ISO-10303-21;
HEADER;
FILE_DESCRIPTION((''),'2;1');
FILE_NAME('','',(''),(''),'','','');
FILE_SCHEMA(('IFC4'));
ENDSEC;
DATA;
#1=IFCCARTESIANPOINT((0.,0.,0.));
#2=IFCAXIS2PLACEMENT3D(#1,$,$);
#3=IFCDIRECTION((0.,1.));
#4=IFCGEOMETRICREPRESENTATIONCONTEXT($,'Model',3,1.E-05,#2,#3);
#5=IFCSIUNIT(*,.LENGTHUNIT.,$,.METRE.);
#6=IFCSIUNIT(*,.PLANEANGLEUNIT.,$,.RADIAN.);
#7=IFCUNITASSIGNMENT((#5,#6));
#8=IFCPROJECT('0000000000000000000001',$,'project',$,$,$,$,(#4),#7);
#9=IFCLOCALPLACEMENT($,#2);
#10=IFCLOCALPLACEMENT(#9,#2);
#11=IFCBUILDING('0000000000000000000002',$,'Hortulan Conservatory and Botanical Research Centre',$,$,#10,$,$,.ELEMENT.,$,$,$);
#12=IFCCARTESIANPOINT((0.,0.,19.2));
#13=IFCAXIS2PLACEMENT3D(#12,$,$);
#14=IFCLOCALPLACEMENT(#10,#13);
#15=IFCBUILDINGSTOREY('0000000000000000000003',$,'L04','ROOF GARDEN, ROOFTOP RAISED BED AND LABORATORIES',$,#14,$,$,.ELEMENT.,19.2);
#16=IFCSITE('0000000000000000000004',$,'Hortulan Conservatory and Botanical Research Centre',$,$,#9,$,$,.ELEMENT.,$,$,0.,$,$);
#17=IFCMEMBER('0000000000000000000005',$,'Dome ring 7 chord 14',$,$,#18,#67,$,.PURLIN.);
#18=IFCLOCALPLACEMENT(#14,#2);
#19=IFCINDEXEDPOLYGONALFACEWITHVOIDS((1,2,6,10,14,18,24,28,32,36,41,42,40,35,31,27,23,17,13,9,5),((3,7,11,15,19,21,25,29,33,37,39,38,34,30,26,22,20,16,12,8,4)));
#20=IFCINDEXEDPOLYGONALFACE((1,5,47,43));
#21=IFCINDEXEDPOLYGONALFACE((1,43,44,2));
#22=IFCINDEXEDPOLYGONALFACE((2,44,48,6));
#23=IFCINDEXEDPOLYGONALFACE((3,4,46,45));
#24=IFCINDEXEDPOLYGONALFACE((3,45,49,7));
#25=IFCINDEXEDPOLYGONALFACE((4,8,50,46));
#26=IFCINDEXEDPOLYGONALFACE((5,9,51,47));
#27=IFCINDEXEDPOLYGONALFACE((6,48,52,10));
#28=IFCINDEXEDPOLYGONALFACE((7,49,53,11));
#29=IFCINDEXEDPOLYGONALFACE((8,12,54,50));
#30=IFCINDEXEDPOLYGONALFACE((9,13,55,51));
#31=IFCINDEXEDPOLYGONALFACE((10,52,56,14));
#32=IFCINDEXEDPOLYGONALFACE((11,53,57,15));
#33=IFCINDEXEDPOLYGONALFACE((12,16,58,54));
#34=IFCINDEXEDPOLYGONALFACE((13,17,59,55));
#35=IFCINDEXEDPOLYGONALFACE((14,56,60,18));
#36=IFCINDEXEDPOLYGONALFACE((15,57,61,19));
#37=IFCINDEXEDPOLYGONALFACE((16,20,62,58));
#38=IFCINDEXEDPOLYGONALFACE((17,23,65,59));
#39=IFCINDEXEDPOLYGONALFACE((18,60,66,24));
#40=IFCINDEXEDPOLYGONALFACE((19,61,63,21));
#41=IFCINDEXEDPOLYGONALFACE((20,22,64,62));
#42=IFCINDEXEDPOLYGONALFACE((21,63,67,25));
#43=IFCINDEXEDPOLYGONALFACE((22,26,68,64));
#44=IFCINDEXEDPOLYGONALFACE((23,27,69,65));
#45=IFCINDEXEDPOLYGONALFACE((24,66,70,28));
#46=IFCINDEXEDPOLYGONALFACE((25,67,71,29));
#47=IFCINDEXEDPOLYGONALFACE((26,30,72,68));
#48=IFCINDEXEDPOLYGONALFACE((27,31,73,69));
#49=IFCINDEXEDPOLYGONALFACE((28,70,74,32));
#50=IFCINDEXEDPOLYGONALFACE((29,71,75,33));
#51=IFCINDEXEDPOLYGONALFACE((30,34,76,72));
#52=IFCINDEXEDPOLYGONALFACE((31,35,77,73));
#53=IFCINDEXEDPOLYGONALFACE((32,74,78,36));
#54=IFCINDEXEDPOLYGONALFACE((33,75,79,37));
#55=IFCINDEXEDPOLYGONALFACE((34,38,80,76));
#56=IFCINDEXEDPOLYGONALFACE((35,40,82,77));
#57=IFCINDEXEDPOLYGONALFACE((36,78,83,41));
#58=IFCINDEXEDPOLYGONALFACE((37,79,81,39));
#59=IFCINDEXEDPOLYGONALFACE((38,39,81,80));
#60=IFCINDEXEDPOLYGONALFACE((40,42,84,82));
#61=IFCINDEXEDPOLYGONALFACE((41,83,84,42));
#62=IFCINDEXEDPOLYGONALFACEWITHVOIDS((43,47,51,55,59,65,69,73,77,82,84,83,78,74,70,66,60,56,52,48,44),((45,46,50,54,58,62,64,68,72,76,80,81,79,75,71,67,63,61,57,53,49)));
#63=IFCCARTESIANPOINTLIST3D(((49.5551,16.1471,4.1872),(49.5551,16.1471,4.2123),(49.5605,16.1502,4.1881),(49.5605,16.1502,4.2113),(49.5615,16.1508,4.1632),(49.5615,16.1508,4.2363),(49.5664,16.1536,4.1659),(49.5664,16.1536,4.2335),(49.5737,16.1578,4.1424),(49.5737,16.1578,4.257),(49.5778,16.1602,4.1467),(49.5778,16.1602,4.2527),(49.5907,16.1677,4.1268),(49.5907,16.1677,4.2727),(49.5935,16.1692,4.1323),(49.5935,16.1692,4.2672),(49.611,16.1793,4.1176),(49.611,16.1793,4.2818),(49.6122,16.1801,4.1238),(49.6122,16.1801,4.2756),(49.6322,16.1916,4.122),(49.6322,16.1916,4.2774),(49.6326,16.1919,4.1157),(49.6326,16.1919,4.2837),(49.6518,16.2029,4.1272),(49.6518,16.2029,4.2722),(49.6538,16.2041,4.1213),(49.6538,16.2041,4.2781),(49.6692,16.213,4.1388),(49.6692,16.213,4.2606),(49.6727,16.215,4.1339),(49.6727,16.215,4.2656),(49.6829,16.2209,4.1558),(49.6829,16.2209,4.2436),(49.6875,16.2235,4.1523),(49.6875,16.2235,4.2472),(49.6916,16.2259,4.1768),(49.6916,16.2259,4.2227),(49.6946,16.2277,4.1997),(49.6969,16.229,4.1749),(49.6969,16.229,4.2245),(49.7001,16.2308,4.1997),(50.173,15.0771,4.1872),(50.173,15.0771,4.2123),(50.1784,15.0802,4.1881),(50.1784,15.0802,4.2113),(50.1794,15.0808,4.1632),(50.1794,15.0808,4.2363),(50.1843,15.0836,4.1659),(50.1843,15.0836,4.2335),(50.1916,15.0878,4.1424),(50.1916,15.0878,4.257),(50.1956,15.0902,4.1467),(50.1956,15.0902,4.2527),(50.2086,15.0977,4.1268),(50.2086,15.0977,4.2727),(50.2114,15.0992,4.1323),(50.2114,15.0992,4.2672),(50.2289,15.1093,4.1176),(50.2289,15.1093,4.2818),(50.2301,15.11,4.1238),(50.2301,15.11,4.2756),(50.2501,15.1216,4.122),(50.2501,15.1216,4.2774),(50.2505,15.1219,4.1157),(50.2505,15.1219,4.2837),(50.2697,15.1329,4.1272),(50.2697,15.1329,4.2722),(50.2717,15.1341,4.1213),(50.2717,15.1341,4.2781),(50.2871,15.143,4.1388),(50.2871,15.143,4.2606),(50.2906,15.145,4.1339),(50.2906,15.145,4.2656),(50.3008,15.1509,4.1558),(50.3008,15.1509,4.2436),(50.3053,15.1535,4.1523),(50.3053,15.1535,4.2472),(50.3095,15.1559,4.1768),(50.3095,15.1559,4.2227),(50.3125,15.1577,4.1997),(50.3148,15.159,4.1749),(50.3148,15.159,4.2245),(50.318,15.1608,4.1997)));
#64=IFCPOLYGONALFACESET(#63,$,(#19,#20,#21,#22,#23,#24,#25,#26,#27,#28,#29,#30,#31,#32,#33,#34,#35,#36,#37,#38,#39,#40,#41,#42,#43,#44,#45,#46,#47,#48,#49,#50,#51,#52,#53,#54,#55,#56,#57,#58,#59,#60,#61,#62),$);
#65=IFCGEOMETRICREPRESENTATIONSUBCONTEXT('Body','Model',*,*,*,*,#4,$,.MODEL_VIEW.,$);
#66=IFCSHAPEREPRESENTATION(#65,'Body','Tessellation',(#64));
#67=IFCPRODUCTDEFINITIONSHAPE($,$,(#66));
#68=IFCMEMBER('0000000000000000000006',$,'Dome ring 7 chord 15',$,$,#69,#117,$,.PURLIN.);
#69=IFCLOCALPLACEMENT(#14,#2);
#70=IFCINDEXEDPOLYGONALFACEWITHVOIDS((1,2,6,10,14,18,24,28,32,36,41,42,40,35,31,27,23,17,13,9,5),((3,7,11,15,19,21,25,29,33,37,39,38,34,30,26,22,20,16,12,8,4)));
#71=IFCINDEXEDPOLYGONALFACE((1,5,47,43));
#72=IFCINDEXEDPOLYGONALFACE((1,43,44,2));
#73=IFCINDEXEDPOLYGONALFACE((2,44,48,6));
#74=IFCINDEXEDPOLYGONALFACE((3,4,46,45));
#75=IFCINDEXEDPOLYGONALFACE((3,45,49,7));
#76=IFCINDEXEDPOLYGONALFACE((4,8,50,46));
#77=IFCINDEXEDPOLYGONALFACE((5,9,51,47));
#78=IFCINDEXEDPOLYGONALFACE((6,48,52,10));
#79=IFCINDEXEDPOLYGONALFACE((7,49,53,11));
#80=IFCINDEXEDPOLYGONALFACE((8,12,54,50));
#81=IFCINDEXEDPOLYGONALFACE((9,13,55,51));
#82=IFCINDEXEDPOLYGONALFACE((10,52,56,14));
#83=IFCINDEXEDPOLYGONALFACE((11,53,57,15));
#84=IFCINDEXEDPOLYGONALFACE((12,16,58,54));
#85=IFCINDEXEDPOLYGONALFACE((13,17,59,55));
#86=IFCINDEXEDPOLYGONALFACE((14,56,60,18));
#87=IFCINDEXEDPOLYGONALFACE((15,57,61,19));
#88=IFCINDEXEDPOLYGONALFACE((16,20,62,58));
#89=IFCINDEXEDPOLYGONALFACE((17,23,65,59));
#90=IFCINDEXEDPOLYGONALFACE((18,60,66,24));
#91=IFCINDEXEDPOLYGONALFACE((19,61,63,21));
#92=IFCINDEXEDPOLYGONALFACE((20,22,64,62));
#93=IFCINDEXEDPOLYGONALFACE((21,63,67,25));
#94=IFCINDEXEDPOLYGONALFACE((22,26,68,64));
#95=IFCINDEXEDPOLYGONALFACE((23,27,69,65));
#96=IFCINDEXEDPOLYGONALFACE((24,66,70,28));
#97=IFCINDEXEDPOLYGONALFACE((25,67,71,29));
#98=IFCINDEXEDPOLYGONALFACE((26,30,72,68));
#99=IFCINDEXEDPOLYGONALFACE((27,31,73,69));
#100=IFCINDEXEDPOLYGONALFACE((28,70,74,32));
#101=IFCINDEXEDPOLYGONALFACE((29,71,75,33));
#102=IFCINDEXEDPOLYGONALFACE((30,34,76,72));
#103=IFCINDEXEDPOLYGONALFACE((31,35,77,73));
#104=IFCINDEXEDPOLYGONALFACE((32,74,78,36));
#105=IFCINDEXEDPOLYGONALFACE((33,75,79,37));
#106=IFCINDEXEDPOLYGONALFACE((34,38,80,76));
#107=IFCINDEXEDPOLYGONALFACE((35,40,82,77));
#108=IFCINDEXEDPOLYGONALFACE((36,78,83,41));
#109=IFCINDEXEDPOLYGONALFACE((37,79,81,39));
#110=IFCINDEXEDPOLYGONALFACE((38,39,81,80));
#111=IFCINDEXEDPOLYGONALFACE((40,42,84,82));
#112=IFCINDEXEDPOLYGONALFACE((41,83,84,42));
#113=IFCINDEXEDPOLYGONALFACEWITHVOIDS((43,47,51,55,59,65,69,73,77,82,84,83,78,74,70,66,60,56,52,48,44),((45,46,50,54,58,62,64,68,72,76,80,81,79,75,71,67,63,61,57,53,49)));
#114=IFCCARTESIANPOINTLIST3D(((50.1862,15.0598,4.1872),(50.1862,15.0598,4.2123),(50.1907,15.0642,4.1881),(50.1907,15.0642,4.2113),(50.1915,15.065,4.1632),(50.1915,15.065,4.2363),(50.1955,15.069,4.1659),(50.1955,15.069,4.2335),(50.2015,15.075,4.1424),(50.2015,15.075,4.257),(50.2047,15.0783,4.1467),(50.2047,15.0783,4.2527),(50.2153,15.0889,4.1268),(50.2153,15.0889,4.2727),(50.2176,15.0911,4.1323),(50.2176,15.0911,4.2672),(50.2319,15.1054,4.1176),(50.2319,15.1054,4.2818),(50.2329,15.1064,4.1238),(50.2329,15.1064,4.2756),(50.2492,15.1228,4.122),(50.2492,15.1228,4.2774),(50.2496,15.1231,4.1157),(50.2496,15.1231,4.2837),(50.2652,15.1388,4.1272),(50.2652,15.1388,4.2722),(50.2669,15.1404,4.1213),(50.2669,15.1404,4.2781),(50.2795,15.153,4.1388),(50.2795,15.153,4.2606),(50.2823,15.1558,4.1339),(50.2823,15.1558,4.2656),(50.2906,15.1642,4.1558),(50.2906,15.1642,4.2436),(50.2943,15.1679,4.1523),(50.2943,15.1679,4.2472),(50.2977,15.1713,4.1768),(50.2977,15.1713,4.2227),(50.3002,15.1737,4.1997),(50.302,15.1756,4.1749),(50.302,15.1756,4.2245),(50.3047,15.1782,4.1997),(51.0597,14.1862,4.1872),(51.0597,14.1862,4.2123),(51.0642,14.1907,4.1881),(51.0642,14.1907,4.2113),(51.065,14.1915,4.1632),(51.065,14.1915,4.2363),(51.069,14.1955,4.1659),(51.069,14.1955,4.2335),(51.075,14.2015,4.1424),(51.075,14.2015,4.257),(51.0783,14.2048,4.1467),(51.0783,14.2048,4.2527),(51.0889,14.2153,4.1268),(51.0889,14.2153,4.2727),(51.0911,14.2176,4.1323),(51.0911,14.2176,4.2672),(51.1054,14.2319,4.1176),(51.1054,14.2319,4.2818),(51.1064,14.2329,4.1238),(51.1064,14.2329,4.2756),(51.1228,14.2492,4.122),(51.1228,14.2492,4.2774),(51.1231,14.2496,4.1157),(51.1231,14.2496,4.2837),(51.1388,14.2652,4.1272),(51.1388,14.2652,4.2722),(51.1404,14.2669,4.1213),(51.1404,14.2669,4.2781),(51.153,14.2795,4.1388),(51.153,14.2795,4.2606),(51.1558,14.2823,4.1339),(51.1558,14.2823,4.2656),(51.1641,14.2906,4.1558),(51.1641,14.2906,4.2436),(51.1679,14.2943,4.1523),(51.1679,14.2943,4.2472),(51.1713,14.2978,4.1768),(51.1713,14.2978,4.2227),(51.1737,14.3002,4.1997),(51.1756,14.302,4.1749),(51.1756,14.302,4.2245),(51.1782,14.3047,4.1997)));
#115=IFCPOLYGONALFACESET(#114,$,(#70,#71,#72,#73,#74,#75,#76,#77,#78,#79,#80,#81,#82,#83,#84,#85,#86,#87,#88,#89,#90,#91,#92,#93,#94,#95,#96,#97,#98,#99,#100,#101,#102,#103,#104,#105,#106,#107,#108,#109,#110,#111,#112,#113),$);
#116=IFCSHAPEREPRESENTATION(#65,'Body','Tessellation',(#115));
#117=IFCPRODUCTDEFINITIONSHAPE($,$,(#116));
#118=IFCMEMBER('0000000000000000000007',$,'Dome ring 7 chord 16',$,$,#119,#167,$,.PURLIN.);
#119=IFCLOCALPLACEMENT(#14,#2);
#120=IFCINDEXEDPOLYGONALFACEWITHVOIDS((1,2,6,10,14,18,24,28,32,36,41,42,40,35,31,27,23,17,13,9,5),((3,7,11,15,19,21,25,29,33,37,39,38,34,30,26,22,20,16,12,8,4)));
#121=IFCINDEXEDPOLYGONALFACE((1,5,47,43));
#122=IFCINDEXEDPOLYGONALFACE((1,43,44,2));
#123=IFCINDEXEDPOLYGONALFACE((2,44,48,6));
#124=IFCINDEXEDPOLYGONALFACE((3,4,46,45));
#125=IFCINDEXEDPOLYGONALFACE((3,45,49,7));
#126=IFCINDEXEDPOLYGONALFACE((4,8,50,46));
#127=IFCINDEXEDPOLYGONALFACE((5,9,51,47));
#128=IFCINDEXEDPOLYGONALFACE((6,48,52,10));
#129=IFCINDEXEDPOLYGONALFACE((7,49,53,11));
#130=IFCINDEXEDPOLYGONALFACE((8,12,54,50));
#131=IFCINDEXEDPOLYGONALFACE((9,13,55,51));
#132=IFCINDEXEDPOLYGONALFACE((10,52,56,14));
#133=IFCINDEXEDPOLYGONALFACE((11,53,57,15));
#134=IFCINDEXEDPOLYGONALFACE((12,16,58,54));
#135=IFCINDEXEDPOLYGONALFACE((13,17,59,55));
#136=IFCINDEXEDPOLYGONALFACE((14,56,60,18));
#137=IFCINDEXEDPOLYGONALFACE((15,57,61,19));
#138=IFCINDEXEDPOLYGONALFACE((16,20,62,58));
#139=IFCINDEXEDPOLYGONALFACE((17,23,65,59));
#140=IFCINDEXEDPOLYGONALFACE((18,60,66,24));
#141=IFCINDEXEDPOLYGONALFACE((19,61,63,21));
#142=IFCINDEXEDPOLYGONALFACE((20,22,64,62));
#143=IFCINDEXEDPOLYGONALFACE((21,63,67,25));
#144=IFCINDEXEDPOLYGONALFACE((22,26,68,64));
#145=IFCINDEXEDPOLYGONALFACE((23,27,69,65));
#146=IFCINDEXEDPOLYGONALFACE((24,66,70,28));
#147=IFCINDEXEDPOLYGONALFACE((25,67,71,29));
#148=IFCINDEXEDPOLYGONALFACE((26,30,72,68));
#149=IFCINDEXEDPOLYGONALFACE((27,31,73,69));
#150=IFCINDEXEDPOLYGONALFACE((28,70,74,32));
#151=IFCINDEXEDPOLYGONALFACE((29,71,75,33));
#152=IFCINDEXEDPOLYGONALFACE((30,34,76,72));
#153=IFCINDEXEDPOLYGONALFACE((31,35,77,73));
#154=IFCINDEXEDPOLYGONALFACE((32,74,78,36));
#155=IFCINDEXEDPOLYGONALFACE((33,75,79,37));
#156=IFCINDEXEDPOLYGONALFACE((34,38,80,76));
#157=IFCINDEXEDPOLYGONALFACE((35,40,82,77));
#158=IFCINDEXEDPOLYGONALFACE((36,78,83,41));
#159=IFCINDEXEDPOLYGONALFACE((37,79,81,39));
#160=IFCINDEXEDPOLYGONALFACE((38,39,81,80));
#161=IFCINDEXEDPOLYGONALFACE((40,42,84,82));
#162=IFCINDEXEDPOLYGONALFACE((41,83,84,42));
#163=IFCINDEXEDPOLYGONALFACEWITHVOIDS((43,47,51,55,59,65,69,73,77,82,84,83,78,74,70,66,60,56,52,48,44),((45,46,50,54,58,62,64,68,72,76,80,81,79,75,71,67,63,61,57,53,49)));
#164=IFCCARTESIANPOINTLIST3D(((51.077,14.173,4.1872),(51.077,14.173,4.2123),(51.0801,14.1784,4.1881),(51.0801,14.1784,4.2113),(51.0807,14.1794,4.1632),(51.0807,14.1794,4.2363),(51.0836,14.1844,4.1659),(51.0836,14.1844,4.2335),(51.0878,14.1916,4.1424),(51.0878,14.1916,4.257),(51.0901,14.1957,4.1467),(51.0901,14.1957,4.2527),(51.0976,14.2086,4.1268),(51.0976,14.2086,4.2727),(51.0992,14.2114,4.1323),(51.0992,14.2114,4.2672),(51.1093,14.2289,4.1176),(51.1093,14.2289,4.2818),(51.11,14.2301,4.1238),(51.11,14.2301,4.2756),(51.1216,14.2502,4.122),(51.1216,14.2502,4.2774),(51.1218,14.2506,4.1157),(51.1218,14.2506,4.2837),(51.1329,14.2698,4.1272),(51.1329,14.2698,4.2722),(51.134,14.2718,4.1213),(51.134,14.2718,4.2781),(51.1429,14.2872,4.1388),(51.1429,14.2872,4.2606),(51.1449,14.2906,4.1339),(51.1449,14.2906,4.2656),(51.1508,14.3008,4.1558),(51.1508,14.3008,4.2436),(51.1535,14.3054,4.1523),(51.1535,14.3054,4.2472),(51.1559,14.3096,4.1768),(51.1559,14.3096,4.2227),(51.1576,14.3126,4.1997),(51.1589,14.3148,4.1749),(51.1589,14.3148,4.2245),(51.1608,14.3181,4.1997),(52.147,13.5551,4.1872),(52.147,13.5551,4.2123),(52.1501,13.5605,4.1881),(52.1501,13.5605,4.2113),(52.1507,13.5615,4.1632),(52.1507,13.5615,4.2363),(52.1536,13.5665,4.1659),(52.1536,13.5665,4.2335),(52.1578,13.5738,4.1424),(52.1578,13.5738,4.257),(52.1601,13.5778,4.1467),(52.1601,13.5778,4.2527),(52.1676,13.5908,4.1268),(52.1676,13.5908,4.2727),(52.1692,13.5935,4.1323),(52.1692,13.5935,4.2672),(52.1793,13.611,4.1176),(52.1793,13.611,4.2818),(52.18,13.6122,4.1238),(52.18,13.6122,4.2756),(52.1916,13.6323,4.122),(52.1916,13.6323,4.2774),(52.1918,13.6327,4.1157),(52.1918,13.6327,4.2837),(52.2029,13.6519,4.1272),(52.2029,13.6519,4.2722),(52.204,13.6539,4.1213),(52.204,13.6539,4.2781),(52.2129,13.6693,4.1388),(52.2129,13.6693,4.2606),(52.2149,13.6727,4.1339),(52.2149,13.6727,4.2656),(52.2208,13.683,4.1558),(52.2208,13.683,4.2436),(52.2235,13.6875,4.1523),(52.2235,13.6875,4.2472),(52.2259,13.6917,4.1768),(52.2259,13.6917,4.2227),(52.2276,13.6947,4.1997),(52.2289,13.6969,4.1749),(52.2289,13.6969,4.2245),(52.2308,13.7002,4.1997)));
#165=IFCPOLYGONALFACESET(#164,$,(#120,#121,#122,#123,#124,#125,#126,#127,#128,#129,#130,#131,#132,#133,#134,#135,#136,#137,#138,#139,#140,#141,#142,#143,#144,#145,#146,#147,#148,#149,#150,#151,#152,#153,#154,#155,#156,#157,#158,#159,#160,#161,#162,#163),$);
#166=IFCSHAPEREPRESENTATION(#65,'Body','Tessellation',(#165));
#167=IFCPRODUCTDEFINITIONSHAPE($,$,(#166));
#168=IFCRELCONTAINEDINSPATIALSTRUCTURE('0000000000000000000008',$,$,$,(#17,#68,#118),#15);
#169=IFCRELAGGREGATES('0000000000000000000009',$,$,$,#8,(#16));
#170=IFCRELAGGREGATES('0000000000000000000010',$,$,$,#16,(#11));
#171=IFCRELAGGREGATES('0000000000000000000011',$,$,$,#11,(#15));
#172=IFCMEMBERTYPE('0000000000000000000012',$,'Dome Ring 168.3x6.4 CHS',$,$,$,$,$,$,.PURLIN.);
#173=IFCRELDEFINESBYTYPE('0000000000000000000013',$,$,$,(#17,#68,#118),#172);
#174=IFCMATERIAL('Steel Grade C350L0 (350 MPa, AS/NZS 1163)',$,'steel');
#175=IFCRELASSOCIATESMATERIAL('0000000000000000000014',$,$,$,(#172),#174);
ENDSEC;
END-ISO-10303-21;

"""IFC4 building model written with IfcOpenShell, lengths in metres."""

from ifc_helpers import new_model, si_unit, direction, frame, origin, origin_2d, place, context, subcontext, project, spatial, hollow_circle, extrude, material, material_profile, profile_set, type_object, element, save


model = new_model("IFC4")

# Units and contexts
model_context = context("Model", 3, precision=1e-05, world=origin(), true_north=direction((0.0, 1.0)))
body_context = subcontext(model_context, "Body", "Model", "MODEL_VIEW")
ifc_project = project(units=[si_unit("LENGTHUNIT", "METRE"), si_unit("PLANEANGLEUNIT", "RADIAN")], contexts=[model_context])

# Site, building, storey
site_placement = place(None, origin())
site = spatial("IfcSite", under=ifc_project, at=site_placement, Name="Hortulan Conservatory and Botanical Research Centre", CompositionType="ELEMENT", RefElevation=0.0)
building_placement = place(site_placement, origin())
building = spatial("IfcBuilding", under=site, at=building_placement, Name="Hortulan Conservatory and Botanical Research Centre", CompositionType="ELEMENT")
storey_placement = place(building_placement, frame((0.0, 0.0, 19.2)))
storey = spatial("IfcBuildingStorey", under=building, at=storey_placement, Name="L04", Description="ROOF GARDEN, ROOFTOP RAISED BED AND LABORATORIES", CompositionType="ELEMENT", Elevation=19.2)

# Shared definitions
ifc_material_1 = material(Name="Steel Grade C350L0 (350 MPa, AS/NZS 1163)", Category="steel")

# Members
ifc_material_profile_1 = material_profile(ifc_material_1, hollow_circle(Radius=0.0842, WallThickness=0.0063, at=origin_2d()), Name="168.3x6.4CHS")
ifc_profile_set_1 = profile_set([ifc_material_profile_1], Name="Steel Grade C350L0 (350 MPa, AS/NZS 1163)")
member_type_1 = type_object("IfcMemberType", Name="Dome Ring 168.3x6.4 CHS", PredefinedType="PURLIN", material=ifc_profile_set_1)
member_1_placement = place(storey_placement, frame((49.6272, 16.1887, 4.1997), z_axis=(0.50007, -0.865985, 0.0), x_axis=(0.865985, 0.50007, 0.0)))
element("IfcMember", 1, at=member_1_placement, inside=storey, type_object=member_type_1, Name="Dome ring 7 chord 14", PredefinedType="PURLIN", context=body_context, shape_type="SweptSolid", body=[
    extrude(hollow_circle(Radius=0.0842, WallThickness=0.0063, at=origin_2d()), origin(), (0.0, 0.0, 1.0), 1.2356),
])
member_2_placement = place(storey_placement, frame((50.2451, 15.1187, 4.1997), z_axis=(0.707107, -0.707107, 0.0), x_axis=(0.707107, 0.707107, 0.0)))
element("IfcMember", 2, at=member_2_placement, inside=storey, type_object=member_type_1, Name="Dome ring 7 chord 15", PredefinedType="PURLIN", context=body_context, shape_type="SweptSolid", body=[
    extrude(hollow_circle(Radius=0.0842, WallThickness=0.0063, at=origin_2d()), origin(), (0.0, 0.0, 1.0), 1.2354),
])
member_3_placement = place(storey_placement, frame((51.1187, 14.2451, 4.1997), z_axis=(0.865985, -0.50007, 0.0), x_axis=(0.50007, 0.865985, 0.0)))
element("IfcMember", 3, at=member_3_placement, inside=storey, type_object=member_type_1, Name="Dome ring 7 chord 16", PredefinedType="PURLIN", context=body_context, shape_type="SweptSolid", body=[
    extrude(hollow_circle(Radius=0.0842, WallThickness=0.0063, at=origin_2d()), origin(), (0.0, 0.0, 1.0), 1.2356),
])

save(model, "model.ifc")
